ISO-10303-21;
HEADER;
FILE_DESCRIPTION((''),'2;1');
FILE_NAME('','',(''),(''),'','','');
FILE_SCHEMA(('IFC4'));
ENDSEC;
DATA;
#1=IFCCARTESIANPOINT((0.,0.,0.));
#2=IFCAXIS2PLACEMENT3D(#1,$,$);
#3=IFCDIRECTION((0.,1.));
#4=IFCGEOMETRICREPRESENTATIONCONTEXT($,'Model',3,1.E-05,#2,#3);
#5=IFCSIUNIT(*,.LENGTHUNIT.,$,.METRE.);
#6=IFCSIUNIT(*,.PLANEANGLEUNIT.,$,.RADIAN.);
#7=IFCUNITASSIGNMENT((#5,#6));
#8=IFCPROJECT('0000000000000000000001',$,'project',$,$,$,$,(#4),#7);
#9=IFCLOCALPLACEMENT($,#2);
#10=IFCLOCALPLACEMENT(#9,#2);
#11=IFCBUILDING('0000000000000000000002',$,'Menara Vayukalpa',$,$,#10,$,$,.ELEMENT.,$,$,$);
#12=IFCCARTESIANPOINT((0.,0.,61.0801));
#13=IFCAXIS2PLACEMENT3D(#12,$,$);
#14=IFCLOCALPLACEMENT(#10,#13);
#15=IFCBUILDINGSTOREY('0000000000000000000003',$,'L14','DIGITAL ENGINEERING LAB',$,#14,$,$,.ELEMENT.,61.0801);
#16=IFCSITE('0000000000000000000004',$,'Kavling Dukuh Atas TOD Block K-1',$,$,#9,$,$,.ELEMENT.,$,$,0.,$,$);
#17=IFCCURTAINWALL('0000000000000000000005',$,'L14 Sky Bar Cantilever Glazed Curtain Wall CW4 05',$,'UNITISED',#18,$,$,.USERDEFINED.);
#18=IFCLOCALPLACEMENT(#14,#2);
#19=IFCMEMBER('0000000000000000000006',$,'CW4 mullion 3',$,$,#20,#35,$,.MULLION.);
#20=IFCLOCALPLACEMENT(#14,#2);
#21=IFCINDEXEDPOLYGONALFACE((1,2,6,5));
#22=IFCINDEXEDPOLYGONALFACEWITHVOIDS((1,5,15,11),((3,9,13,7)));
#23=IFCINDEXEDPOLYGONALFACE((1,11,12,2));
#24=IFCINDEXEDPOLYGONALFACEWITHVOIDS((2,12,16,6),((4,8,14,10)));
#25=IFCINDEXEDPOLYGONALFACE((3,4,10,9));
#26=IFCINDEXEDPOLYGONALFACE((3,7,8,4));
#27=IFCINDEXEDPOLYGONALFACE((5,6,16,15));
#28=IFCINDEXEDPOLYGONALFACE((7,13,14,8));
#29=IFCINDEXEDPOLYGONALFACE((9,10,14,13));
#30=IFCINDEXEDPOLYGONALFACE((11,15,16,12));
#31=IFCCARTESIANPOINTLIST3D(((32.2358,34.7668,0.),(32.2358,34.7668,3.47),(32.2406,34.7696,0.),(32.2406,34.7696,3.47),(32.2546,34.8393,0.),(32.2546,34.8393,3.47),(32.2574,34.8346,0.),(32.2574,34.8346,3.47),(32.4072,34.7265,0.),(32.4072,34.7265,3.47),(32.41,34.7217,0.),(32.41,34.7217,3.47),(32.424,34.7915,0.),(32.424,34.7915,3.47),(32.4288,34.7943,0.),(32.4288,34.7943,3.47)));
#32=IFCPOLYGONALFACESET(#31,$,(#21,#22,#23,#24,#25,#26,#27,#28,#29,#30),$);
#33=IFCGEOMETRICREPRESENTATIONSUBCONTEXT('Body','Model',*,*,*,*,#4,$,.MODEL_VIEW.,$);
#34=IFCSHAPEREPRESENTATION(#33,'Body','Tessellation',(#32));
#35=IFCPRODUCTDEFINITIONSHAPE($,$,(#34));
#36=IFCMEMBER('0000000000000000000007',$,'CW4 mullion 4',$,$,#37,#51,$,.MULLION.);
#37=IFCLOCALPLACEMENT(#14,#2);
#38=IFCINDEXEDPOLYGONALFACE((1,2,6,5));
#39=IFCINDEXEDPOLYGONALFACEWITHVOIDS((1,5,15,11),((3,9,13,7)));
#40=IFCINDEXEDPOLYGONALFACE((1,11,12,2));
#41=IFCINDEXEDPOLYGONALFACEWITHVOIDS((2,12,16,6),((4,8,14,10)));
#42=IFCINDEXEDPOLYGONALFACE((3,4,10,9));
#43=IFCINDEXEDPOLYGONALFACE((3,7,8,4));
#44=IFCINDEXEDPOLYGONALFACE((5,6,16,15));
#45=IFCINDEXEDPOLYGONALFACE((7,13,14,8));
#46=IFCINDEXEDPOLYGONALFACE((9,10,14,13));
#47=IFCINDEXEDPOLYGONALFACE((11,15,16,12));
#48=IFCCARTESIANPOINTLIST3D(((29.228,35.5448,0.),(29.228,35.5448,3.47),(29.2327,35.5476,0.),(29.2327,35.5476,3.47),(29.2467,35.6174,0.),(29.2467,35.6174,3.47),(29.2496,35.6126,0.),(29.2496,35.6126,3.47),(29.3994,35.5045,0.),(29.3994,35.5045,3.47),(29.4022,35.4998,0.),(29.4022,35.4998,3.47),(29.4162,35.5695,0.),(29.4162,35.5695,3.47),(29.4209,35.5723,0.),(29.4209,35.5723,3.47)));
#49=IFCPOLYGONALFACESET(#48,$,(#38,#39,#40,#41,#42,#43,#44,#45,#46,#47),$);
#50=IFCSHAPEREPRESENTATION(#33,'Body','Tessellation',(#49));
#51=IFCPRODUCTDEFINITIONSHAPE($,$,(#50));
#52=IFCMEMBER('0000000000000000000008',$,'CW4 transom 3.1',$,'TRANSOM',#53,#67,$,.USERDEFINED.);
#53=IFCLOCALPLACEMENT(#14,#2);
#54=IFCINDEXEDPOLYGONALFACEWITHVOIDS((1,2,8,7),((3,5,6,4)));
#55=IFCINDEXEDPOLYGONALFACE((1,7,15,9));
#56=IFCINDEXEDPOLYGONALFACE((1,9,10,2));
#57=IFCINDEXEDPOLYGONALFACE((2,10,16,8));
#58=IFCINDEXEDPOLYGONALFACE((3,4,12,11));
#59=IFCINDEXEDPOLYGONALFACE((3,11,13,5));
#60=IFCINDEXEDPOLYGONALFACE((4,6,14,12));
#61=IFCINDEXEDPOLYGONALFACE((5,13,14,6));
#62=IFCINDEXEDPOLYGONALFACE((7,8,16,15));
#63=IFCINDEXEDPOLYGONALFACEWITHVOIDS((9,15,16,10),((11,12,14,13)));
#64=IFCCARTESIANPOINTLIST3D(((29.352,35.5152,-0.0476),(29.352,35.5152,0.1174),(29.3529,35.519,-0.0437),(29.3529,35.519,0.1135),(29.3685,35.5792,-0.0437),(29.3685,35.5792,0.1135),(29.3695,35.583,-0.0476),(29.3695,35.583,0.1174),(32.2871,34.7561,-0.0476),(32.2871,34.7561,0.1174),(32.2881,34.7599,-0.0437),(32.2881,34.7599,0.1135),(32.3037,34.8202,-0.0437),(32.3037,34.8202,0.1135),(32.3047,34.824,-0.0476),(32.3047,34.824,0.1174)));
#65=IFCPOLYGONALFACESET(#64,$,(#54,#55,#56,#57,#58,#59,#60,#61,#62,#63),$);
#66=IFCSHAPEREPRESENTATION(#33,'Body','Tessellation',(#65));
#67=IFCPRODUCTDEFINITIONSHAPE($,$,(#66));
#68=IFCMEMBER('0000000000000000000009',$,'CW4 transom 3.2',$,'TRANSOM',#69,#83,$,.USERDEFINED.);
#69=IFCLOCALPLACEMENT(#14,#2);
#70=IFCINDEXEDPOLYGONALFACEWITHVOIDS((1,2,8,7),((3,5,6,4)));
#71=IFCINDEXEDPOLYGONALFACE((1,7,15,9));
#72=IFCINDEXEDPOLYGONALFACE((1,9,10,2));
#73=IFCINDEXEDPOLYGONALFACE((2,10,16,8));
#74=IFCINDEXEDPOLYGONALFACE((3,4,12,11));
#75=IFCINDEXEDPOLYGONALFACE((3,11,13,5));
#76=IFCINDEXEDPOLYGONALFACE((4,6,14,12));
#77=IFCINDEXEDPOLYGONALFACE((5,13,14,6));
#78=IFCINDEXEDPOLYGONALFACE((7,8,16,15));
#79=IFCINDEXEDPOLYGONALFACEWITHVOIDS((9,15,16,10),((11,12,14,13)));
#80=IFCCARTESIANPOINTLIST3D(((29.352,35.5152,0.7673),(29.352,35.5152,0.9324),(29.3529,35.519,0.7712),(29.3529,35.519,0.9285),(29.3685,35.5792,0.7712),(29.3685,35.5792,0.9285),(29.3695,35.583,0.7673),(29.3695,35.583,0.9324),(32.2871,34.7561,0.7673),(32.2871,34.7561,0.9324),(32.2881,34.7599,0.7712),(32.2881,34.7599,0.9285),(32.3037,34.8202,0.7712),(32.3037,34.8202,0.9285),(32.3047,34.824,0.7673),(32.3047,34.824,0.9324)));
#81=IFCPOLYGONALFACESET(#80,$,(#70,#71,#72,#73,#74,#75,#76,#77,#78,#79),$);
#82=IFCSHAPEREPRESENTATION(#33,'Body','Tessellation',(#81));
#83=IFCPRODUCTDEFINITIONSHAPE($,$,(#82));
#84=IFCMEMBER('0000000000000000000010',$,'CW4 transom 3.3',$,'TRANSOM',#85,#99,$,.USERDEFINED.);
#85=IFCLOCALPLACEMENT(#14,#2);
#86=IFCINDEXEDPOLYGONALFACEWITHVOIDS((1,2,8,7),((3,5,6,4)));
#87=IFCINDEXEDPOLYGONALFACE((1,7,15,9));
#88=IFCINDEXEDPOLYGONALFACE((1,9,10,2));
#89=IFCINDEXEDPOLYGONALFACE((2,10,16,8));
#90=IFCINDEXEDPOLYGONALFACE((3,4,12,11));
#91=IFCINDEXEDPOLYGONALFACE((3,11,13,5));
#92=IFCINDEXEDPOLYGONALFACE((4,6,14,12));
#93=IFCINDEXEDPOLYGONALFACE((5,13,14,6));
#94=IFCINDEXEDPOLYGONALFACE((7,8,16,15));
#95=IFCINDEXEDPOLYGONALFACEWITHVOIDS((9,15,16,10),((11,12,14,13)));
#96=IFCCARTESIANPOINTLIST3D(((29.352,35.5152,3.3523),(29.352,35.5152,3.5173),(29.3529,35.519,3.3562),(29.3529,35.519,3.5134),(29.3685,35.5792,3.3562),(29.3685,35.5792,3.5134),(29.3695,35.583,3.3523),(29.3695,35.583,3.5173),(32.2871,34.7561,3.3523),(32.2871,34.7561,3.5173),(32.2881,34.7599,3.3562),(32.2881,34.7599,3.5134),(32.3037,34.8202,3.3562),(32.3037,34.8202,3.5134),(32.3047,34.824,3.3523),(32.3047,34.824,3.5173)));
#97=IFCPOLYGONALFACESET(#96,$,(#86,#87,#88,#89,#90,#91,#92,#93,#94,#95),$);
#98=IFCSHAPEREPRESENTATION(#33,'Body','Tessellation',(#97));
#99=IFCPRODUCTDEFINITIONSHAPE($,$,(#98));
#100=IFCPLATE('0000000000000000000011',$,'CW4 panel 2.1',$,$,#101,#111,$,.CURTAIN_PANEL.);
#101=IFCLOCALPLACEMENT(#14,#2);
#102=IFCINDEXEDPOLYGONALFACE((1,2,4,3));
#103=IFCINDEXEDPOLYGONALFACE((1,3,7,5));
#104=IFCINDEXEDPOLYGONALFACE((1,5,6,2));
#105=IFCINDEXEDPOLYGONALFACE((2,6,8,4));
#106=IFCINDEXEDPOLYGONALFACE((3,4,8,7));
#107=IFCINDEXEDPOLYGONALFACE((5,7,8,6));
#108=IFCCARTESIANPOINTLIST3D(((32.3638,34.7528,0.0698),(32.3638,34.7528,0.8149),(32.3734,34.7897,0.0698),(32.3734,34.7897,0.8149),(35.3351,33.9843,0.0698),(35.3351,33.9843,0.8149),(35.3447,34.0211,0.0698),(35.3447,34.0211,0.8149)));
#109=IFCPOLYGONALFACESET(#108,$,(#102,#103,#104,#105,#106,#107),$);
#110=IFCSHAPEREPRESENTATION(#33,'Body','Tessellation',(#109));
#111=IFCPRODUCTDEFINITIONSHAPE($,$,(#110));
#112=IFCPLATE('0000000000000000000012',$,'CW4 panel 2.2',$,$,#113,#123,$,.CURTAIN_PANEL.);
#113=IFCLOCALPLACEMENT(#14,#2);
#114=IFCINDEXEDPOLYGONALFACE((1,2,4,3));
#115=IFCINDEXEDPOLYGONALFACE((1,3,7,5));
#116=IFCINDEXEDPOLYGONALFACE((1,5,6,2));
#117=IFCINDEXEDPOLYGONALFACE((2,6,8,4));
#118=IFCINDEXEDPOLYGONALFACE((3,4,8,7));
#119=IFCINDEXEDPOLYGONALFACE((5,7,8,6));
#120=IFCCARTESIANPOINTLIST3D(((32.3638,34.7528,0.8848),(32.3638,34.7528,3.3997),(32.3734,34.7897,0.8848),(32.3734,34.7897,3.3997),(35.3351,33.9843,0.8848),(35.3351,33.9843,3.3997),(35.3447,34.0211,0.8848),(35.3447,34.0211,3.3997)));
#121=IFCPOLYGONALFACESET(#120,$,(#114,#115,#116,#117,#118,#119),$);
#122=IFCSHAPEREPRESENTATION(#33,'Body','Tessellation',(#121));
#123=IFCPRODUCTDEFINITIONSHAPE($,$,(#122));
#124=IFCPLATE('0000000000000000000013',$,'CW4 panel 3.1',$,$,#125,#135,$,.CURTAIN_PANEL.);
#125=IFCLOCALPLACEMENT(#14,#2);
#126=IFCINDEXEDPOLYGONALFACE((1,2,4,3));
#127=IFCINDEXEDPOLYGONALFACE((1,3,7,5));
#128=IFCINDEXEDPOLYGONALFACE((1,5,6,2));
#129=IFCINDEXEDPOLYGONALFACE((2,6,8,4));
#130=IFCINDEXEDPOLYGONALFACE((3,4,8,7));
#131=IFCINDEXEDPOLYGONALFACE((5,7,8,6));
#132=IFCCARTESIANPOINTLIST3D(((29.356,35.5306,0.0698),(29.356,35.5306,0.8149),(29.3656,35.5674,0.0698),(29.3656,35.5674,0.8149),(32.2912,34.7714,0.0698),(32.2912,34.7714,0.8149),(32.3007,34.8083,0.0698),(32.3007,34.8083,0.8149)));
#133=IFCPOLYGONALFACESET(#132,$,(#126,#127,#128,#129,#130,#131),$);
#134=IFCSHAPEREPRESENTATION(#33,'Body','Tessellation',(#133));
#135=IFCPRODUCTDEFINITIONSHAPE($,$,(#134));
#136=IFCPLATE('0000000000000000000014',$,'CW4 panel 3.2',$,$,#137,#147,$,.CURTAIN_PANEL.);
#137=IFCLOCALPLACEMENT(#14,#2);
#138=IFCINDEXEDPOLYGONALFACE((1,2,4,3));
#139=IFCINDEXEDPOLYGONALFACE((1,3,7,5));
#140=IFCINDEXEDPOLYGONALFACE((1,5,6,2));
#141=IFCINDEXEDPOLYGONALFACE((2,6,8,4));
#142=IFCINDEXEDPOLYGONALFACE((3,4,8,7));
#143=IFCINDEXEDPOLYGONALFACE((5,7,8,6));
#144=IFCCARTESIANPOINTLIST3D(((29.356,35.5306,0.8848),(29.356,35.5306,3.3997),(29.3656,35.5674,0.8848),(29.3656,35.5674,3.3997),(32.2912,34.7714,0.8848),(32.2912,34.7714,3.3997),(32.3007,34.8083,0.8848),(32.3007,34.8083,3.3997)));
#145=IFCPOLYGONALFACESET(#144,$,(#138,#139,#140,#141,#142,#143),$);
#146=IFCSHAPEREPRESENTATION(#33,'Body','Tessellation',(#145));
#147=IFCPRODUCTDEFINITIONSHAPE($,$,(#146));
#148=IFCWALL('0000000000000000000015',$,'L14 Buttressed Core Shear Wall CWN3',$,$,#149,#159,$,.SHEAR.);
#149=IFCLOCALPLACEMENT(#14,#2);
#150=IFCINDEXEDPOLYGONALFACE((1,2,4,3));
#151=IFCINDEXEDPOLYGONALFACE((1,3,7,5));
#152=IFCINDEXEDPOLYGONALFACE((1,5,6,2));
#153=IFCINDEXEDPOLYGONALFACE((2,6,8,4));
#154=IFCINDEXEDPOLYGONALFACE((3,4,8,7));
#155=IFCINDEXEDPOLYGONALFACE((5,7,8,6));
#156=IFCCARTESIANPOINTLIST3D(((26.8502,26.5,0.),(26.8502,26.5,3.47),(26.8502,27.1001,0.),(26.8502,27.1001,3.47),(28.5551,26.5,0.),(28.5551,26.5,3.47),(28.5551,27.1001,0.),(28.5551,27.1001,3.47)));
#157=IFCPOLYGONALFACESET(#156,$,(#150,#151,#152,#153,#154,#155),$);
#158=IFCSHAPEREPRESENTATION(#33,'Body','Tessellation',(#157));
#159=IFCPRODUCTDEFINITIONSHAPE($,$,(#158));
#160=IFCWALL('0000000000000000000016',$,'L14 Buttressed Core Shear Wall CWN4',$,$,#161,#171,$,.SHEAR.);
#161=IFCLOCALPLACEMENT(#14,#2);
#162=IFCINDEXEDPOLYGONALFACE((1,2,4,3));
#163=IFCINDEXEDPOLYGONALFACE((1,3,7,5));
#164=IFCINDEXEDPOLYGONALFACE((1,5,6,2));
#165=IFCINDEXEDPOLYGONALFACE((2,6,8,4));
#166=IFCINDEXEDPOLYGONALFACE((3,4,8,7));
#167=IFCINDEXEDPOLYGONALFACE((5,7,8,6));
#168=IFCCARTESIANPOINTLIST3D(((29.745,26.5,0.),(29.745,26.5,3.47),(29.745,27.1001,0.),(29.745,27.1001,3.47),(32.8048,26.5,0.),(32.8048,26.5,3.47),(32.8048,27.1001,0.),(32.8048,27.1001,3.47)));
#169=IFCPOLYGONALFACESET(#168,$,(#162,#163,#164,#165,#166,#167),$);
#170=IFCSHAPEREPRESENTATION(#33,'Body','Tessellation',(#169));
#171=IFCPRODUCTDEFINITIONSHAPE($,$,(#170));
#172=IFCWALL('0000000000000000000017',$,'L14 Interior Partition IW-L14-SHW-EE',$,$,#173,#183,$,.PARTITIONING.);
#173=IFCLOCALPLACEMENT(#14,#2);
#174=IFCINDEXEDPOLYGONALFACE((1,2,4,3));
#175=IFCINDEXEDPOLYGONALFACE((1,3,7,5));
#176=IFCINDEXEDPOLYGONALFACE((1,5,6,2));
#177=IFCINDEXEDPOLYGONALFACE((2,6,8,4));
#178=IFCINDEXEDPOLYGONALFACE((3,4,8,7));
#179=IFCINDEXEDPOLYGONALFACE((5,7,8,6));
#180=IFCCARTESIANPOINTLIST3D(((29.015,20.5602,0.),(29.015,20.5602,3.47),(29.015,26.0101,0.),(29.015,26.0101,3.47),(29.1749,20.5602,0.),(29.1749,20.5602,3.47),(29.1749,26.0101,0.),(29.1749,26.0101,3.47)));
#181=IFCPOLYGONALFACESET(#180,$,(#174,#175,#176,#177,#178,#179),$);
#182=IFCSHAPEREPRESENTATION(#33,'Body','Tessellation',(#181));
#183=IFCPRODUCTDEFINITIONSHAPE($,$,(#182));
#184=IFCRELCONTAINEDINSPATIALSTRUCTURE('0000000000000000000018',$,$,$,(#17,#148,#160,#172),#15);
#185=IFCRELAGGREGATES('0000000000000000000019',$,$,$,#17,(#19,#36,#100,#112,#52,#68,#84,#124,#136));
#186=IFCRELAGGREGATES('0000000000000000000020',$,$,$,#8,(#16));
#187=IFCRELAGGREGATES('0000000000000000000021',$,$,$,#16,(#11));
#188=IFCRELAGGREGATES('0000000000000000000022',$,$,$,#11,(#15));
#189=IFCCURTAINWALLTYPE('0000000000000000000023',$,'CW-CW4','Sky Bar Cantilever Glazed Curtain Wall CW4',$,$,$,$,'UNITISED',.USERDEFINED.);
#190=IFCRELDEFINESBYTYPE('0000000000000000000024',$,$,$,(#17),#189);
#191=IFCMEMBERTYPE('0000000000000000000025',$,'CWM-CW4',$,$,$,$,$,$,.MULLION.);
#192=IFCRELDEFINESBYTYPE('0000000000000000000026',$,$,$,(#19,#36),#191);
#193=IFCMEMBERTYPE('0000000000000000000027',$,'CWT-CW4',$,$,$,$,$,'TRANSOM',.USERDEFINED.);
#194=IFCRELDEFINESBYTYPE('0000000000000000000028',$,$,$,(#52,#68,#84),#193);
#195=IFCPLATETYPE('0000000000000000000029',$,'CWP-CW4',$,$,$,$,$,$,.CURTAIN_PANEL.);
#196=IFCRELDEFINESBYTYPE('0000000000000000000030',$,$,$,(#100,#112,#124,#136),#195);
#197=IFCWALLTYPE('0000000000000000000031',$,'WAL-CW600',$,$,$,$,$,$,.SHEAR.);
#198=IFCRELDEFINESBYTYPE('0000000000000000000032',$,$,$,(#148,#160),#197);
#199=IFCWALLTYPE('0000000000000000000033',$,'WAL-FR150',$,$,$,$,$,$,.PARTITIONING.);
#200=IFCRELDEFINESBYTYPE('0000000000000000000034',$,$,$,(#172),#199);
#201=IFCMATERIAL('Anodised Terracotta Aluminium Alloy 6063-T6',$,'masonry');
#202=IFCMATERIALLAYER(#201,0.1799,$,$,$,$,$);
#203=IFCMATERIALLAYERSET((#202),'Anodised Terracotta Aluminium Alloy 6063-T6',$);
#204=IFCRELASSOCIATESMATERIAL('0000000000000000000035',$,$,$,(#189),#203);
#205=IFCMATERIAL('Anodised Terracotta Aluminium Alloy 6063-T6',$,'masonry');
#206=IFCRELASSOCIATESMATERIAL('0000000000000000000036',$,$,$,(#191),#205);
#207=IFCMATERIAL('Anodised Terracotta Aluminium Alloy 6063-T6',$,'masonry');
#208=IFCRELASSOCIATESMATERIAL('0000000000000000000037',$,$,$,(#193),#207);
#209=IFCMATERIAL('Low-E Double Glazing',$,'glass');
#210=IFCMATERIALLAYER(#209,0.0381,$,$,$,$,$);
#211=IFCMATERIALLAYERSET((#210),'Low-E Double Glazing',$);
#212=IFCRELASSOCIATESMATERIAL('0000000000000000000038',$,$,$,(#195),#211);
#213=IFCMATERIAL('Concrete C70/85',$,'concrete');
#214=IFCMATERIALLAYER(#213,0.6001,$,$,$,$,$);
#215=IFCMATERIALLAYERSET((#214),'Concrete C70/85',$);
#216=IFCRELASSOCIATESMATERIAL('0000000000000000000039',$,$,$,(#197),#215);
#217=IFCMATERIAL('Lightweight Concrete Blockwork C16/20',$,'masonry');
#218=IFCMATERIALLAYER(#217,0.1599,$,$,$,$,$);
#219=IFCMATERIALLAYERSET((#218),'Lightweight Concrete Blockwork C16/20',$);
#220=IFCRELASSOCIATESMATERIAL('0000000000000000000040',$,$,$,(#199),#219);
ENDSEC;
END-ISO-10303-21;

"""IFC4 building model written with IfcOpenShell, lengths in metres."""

from ifc_helpers import new_model, si_unit, direction, frame, frame_2d, origin, origin_2d, place, context, subcontext, project, spatial, rectangle, hollow_rectangle, extrude, material, layer, layer_set, material_profile, profile_set, type_object, element, aggregate, save


model = new_model("IFC4")

# Units and contexts
model_context = context("Model", 3, precision=1e-05, world=origin(), true_north=direction((0.0, 1.0)))
body_context = subcontext(model_context, "Body", "Model", "MODEL_VIEW")
ifc_project = project(units=[si_unit("LENGTHUNIT", "METRE"), si_unit("PLANEANGLEUNIT", "RADIAN")], contexts=[model_context])

# Site, building, storey
site_placement = place(None, origin())
site = spatial("IfcSite", under=ifc_project, at=site_placement, Name="Kavling Dukuh Atas TOD Block K-1", CompositionType="ELEMENT", RefElevation=0.0)
building_placement = place(site_placement, origin())
building = spatial("IfcBuilding", under=site, at=building_placement, Name="Menara Vayukalpa", CompositionType="ELEMENT")
storey_placement = place(building_placement, frame((0.0, 0.0, 61.0801)))
storey = spatial("IfcBuildingStorey", under=building, at=storey_placement, Name="L14", Description="DIGITAL ENGINEERING LAB", CompositionType="ELEMENT", Elevation=61.0801)

# Curtain wall, members, plates
ifc_material_1 = material(Name="Anodised Terracotta Aluminium Alloy 6063-T6", Category="masonry")
ifc_layer_1 = layer(ifc_material_1, 0.1799)
ifc_layer_set_1 = layer_set([ifc_layer_1], Name="Anodised Terracotta Aluminium Alloy 6063-T6")
curtain_wall_type = type_object("IfcCurtainWallType", Name="CW-CW4", Description="Sky Bar Cantilever Glazed Curtain Wall CW4", ElementType="UNITISED", PredefinedType="USERDEFINED", material=ifc_layer_set_1)
curtain_wall_placement = place(storey_placement, origin())
curtain_wall = element("IfcCurtainWall", 1, at=curtain_wall_placement, inside=storey, type_object=curtain_wall_type, Name="L14 Sky Bar Cantilever Glazed Curtain Wall CW4 05", ObjectType="UNITISED", PredefinedType="USERDEFINED")
ifc_material_2 = material(Name="Anodised Terracotta Aluminium Alloy 6063-T6", Category="masonry")
ifc_material_profile_1 = material_profile(ifc_material_2, hollow_rectangle(XDim=0.075, YDim=0.1799, WallThickness=0.0039, at=origin_2d()), Name="ALU 75x180x4")
ifc_profile_set_1 = profile_set([ifc_material_profile_1], Name="Anodised Terracotta Aluminium Alloy 6063-T6")
member_type_1 = type_object("IfcMemberType", Name="CWM-CW4", PredefinedType="MULLION", material=ifc_profile_set_1)
member_1_placement = place(storey_placement, frame((32.3323, 34.7805, 0.0), z_axis=(0.0, 0.0, 1.0), x_axis=(-0.250403, -0.968142, 0.0)))
member_1 = element("IfcMember", 2, at=member_1_placement, type_object=member_type_1, Name="CW4 mullion 3", PredefinedType="MULLION", context=body_context, shape_type="SweptSolid", body=[
    extrude(hollow_rectangle(XDim=0.075, YDim=0.1799, WallThickness=0.0039, at=origin_2d()), origin(), (0.0, 0.0, 1.0), 3.47),
])
member_2_placement = place(storey_placement, frame((29.3245, 35.5586, 0.0), z_axis=(0.0, 0.0, 1.0), x_axis=(-0.250403, -0.968142, 0.0)))
member_2 = element("IfcMember", 3, at=member_2_placement, type_object=member_type_1, Name="CW4 mullion 4", PredefinedType="MULLION", context=body_context, shape_type="SweptSolid", body=[
    extrude(hollow_rectangle(XDim=0.075, YDim=0.1799, WallThickness=0.0039, at=origin_2d()), origin(), (0.0, 0.0, 1.0), 3.47),
])
ifc_material_3 = material(Name="Anodised Terracotta Aluminium Alloy 6063-T6", Category="masonry")
ifc_material_profile_2 = material_profile(ifc_material_3, hollow_rectangle(XDim=0.0701, YDim=0.165, WallThickness=0.0039, at=origin_2d()), Name="ALU 70x165x4")
ifc_profile_set_2 = profile_set([ifc_material_profile_2], Name="Anodised Terracotta Aluminium Alloy 6063-T6")
member_type_2 = type_object("IfcMemberType", Name="CWT-CW4", ElementType="TRANSOM", PredefinedType="USERDEFINED", material=ifc_profile_set_2)
member_3_placement = place(storey_placement, frame((32.2959, 34.79, 0.0349), z_axis=(-0.96815, 0.250372, 0.0), x_axis=(-0.250372, -0.96815, 0.0)))
member_3 = element("IfcMember", 4, at=member_3_placement, type_object=member_type_2, Name="CW4 transom 3.1", ObjectType="TRANSOM", PredefinedType="USERDEFINED", context=body_context, shape_type="SweptSolid", body=[
    extrude(hollow_rectangle(XDim=0.0701, YDim=0.165, WallThickness=0.0039, at=origin_2d()), origin(), (0.0, 0.0, 1.0), 3.0317),
])
member_4_placement = place(storey_placement, frame((32.2959, 34.79, 0.8499), z_axis=(-0.96815, 0.250372, 0.0), x_axis=(-0.250372, -0.96815, 0.0)))
member_4 = element("IfcMember", 5, at=member_4_placement, type_object=member_type_2, Name="CW4 transom 3.2", ObjectType="TRANSOM", PredefinedType="USERDEFINED", context=body_context, shape_type="SweptSolid", body=[
    extrude(hollow_rectangle(XDim=0.0701, YDim=0.165, WallThickness=0.0039, at=origin_2d()), origin(), (0.0, 0.0, 1.0), 3.0317),
])
member_5_placement = place(storey_placement, frame((32.2959, 34.79, 3.4348), z_axis=(-0.96815, 0.250372, 0.0), x_axis=(-0.250372, -0.96815, 0.0)))
member_5 = element("IfcMember", 6, at=member_5_placement, type_object=member_type_2, Name="CW4 transom 3.3", ObjectType="TRANSOM", PredefinedType="USERDEFINED", context=body_context, shape_type="SweptSolid", body=[
    extrude(hollow_rectangle(XDim=0.0701, YDim=0.165, WallThickness=0.0039, at=origin_2d()), origin(), (0.0, 0.0, 1.0), 3.0317),
])
ifc_material_4 = material(Name="Low-E Double Glazing", Category="glass")
ifc_layer_2 = layer(ifc_material_4, 0.0381)
ifc_layer_set_2 = layer_set([ifc_layer_2], Name="Low-E Double Glazing")
plate_type = type_object("IfcPlateType", Name="CWP-CW4", PredefinedType="CURTAIN_PANEL", material=ifc_layer_set_2)
plate_1_placement = place(storey_placement, frame((33.8542, 34.387, 0.0698), z_axis=(0.0, 0.0, 1.0), x_axis=(-0.968142, 0.250403, 0.0)))
plate_1 = element("IfcPlate", 7, at=plate_1_placement, type_object=plate_type, Name="CW4 panel 2.1", PredefinedType="CURTAIN_PANEL", context=body_context, shape_type="SweptSolid", body=[
    extrude(rectangle(XDim=3.0691, YDim=0.0381, at=origin_2d()), origin(), (0.0, 0.0, 1.0), 0.7451),
])
plate_2_placement = place(storey_placement, frame((33.8542, 34.387, 0.8848), z_axis=(0.0, 0.0, 1.0), x_axis=(-0.968142, 0.250403, 0.0)))
plate_2 = element("IfcPlate", 8, at=plate_2_placement, type_object=plate_type, Name="CW4 panel 2.2", PredefinedType="CURTAIN_PANEL", context=body_context, shape_type="SweptSolid", body=[
    extrude(rectangle(XDim=3.0691, YDim=0.0381, at=origin_2d()), origin(), (0.0, 0.0, 1.0), 2.5149),
])
plate_3_placement = place(storey_placement, frame((30.8284, 35.1694, 0.0698), z_axis=(0.0, 0.0, 1.0), x_axis=(-0.968142, 0.250403, 0.0)))
plate_3 = element("IfcPlate", 9, at=plate_3_placement, type_object=plate_type, Name="CW4 panel 3.1", PredefinedType="CURTAIN_PANEL", context=body_context, shape_type="SweptSolid", body=[
    extrude(rectangle(XDim=3.0317, YDim=0.0381, at=origin_2d()), origin(), (0.0, 0.0, 1.0), 0.7451),
])
plate_4_placement = place(storey_placement, frame((30.8284, 35.1694, 0.8848), z_axis=(0.0, 0.0, 1.0), x_axis=(-0.968142, 0.250403, 0.0)))
plate_4 = element("IfcPlate", 10, at=plate_4_placement, type_object=plate_type, Name="CW4 panel 3.2", PredefinedType="CURTAIN_PANEL", context=body_context, shape_type="SweptSolid", body=[
    extrude(rectangle(XDim=3.0317, YDim=0.0381, at=origin_2d()), origin(), (0.0, 0.0, 1.0), 2.5149),
])
aggregate(curtain_wall, [member_1, member_2, plate_1, plate_2, member_3, member_4, member_5, plate_3, plate_4])

# Walls
ifc_material_5 = material(Name="Concrete C70/85", Category="concrete")
ifc_layer_3 = layer(ifc_material_5, 0.6001)
ifc_layer_set_3 = layer_set([ifc_layer_3], Name="Concrete C70/85")
wall_type_1 = type_object("IfcWallType", Name="WAL-CW600", PredefinedType="SHEAR", material=ifc_layer_set_3)
wall_1_placement = place(storey_placement, frame((26.8501, 26.8, 0.0), z_axis=(0.0, 0.0, 1.0), x_axis=(1.0, 0.0, 0.0)))
element("IfcWall", 11, at=wall_1_placement, inside=storey, type_object=wall_type_1, Name="L14 Buttressed Core Shear Wall CWN3", PredefinedType="SHEAR", context=body_context, shape_type="SweptSolid", body=[
    extrude(rectangle(XDim=1.7048, YDim=0.6001, at=frame_2d((0.8525, 0.0))), origin(), (0.0, 0.0, 1.0), 3.47),
])
wall_2_placement = place(storey_placement, frame((29.7451, 26.8, 0.0), z_axis=(0.0, 0.0, 1.0), x_axis=(1.0, 0.0, 0.0)))
element("IfcWall", 12, at=wall_2_placement, inside=storey, type_object=wall_type_1, Name="L14 Buttressed Core Shear Wall CWN4", PredefinedType="SHEAR", context=body_context, shape_type="SweptSolid", body=[
    extrude(rectangle(XDim=3.0598, YDim=0.6001, at=frame_2d((1.5298, 0.0))), origin(), (0.0, 0.0, 1.0), 3.47),
])
ifc_material_6 = material(Name="Lightweight Concrete Blockwork C16/20", Category="masonry")
ifc_layer_4 = layer(ifc_material_6, 0.1599)
ifc_layer_set_4 = layer_set([ifc_layer_4], Name="Lightweight Concrete Blockwork C16/20")
wall_type_2 = type_object("IfcWallType", Name="WAL-FR150", PredefinedType="PARTITIONING", material=ifc_layer_set_4)
wall_3_placement = place(storey_placement, frame((29.095, 20.5601, 0.0), z_axis=(0.0, 0.0, 1.0), x_axis=(0.0, 1.0, 0.0)))
element("IfcWall", 13, at=wall_3_placement, inside=storey, type_object=wall_type_2, Name="L14 Interior Partition IW-L14-SHW-EE", PredefinedType="PARTITIONING", context=body_context, shape_type="SweptSolid", body=[
    extrude(rectangle(XDim=5.45, YDim=0.1599, at=frame_2d((2.7251, 0.0))), origin(), (0.0, 0.0, 1.0), 3.47),
])

save(model, "model.ifc")
